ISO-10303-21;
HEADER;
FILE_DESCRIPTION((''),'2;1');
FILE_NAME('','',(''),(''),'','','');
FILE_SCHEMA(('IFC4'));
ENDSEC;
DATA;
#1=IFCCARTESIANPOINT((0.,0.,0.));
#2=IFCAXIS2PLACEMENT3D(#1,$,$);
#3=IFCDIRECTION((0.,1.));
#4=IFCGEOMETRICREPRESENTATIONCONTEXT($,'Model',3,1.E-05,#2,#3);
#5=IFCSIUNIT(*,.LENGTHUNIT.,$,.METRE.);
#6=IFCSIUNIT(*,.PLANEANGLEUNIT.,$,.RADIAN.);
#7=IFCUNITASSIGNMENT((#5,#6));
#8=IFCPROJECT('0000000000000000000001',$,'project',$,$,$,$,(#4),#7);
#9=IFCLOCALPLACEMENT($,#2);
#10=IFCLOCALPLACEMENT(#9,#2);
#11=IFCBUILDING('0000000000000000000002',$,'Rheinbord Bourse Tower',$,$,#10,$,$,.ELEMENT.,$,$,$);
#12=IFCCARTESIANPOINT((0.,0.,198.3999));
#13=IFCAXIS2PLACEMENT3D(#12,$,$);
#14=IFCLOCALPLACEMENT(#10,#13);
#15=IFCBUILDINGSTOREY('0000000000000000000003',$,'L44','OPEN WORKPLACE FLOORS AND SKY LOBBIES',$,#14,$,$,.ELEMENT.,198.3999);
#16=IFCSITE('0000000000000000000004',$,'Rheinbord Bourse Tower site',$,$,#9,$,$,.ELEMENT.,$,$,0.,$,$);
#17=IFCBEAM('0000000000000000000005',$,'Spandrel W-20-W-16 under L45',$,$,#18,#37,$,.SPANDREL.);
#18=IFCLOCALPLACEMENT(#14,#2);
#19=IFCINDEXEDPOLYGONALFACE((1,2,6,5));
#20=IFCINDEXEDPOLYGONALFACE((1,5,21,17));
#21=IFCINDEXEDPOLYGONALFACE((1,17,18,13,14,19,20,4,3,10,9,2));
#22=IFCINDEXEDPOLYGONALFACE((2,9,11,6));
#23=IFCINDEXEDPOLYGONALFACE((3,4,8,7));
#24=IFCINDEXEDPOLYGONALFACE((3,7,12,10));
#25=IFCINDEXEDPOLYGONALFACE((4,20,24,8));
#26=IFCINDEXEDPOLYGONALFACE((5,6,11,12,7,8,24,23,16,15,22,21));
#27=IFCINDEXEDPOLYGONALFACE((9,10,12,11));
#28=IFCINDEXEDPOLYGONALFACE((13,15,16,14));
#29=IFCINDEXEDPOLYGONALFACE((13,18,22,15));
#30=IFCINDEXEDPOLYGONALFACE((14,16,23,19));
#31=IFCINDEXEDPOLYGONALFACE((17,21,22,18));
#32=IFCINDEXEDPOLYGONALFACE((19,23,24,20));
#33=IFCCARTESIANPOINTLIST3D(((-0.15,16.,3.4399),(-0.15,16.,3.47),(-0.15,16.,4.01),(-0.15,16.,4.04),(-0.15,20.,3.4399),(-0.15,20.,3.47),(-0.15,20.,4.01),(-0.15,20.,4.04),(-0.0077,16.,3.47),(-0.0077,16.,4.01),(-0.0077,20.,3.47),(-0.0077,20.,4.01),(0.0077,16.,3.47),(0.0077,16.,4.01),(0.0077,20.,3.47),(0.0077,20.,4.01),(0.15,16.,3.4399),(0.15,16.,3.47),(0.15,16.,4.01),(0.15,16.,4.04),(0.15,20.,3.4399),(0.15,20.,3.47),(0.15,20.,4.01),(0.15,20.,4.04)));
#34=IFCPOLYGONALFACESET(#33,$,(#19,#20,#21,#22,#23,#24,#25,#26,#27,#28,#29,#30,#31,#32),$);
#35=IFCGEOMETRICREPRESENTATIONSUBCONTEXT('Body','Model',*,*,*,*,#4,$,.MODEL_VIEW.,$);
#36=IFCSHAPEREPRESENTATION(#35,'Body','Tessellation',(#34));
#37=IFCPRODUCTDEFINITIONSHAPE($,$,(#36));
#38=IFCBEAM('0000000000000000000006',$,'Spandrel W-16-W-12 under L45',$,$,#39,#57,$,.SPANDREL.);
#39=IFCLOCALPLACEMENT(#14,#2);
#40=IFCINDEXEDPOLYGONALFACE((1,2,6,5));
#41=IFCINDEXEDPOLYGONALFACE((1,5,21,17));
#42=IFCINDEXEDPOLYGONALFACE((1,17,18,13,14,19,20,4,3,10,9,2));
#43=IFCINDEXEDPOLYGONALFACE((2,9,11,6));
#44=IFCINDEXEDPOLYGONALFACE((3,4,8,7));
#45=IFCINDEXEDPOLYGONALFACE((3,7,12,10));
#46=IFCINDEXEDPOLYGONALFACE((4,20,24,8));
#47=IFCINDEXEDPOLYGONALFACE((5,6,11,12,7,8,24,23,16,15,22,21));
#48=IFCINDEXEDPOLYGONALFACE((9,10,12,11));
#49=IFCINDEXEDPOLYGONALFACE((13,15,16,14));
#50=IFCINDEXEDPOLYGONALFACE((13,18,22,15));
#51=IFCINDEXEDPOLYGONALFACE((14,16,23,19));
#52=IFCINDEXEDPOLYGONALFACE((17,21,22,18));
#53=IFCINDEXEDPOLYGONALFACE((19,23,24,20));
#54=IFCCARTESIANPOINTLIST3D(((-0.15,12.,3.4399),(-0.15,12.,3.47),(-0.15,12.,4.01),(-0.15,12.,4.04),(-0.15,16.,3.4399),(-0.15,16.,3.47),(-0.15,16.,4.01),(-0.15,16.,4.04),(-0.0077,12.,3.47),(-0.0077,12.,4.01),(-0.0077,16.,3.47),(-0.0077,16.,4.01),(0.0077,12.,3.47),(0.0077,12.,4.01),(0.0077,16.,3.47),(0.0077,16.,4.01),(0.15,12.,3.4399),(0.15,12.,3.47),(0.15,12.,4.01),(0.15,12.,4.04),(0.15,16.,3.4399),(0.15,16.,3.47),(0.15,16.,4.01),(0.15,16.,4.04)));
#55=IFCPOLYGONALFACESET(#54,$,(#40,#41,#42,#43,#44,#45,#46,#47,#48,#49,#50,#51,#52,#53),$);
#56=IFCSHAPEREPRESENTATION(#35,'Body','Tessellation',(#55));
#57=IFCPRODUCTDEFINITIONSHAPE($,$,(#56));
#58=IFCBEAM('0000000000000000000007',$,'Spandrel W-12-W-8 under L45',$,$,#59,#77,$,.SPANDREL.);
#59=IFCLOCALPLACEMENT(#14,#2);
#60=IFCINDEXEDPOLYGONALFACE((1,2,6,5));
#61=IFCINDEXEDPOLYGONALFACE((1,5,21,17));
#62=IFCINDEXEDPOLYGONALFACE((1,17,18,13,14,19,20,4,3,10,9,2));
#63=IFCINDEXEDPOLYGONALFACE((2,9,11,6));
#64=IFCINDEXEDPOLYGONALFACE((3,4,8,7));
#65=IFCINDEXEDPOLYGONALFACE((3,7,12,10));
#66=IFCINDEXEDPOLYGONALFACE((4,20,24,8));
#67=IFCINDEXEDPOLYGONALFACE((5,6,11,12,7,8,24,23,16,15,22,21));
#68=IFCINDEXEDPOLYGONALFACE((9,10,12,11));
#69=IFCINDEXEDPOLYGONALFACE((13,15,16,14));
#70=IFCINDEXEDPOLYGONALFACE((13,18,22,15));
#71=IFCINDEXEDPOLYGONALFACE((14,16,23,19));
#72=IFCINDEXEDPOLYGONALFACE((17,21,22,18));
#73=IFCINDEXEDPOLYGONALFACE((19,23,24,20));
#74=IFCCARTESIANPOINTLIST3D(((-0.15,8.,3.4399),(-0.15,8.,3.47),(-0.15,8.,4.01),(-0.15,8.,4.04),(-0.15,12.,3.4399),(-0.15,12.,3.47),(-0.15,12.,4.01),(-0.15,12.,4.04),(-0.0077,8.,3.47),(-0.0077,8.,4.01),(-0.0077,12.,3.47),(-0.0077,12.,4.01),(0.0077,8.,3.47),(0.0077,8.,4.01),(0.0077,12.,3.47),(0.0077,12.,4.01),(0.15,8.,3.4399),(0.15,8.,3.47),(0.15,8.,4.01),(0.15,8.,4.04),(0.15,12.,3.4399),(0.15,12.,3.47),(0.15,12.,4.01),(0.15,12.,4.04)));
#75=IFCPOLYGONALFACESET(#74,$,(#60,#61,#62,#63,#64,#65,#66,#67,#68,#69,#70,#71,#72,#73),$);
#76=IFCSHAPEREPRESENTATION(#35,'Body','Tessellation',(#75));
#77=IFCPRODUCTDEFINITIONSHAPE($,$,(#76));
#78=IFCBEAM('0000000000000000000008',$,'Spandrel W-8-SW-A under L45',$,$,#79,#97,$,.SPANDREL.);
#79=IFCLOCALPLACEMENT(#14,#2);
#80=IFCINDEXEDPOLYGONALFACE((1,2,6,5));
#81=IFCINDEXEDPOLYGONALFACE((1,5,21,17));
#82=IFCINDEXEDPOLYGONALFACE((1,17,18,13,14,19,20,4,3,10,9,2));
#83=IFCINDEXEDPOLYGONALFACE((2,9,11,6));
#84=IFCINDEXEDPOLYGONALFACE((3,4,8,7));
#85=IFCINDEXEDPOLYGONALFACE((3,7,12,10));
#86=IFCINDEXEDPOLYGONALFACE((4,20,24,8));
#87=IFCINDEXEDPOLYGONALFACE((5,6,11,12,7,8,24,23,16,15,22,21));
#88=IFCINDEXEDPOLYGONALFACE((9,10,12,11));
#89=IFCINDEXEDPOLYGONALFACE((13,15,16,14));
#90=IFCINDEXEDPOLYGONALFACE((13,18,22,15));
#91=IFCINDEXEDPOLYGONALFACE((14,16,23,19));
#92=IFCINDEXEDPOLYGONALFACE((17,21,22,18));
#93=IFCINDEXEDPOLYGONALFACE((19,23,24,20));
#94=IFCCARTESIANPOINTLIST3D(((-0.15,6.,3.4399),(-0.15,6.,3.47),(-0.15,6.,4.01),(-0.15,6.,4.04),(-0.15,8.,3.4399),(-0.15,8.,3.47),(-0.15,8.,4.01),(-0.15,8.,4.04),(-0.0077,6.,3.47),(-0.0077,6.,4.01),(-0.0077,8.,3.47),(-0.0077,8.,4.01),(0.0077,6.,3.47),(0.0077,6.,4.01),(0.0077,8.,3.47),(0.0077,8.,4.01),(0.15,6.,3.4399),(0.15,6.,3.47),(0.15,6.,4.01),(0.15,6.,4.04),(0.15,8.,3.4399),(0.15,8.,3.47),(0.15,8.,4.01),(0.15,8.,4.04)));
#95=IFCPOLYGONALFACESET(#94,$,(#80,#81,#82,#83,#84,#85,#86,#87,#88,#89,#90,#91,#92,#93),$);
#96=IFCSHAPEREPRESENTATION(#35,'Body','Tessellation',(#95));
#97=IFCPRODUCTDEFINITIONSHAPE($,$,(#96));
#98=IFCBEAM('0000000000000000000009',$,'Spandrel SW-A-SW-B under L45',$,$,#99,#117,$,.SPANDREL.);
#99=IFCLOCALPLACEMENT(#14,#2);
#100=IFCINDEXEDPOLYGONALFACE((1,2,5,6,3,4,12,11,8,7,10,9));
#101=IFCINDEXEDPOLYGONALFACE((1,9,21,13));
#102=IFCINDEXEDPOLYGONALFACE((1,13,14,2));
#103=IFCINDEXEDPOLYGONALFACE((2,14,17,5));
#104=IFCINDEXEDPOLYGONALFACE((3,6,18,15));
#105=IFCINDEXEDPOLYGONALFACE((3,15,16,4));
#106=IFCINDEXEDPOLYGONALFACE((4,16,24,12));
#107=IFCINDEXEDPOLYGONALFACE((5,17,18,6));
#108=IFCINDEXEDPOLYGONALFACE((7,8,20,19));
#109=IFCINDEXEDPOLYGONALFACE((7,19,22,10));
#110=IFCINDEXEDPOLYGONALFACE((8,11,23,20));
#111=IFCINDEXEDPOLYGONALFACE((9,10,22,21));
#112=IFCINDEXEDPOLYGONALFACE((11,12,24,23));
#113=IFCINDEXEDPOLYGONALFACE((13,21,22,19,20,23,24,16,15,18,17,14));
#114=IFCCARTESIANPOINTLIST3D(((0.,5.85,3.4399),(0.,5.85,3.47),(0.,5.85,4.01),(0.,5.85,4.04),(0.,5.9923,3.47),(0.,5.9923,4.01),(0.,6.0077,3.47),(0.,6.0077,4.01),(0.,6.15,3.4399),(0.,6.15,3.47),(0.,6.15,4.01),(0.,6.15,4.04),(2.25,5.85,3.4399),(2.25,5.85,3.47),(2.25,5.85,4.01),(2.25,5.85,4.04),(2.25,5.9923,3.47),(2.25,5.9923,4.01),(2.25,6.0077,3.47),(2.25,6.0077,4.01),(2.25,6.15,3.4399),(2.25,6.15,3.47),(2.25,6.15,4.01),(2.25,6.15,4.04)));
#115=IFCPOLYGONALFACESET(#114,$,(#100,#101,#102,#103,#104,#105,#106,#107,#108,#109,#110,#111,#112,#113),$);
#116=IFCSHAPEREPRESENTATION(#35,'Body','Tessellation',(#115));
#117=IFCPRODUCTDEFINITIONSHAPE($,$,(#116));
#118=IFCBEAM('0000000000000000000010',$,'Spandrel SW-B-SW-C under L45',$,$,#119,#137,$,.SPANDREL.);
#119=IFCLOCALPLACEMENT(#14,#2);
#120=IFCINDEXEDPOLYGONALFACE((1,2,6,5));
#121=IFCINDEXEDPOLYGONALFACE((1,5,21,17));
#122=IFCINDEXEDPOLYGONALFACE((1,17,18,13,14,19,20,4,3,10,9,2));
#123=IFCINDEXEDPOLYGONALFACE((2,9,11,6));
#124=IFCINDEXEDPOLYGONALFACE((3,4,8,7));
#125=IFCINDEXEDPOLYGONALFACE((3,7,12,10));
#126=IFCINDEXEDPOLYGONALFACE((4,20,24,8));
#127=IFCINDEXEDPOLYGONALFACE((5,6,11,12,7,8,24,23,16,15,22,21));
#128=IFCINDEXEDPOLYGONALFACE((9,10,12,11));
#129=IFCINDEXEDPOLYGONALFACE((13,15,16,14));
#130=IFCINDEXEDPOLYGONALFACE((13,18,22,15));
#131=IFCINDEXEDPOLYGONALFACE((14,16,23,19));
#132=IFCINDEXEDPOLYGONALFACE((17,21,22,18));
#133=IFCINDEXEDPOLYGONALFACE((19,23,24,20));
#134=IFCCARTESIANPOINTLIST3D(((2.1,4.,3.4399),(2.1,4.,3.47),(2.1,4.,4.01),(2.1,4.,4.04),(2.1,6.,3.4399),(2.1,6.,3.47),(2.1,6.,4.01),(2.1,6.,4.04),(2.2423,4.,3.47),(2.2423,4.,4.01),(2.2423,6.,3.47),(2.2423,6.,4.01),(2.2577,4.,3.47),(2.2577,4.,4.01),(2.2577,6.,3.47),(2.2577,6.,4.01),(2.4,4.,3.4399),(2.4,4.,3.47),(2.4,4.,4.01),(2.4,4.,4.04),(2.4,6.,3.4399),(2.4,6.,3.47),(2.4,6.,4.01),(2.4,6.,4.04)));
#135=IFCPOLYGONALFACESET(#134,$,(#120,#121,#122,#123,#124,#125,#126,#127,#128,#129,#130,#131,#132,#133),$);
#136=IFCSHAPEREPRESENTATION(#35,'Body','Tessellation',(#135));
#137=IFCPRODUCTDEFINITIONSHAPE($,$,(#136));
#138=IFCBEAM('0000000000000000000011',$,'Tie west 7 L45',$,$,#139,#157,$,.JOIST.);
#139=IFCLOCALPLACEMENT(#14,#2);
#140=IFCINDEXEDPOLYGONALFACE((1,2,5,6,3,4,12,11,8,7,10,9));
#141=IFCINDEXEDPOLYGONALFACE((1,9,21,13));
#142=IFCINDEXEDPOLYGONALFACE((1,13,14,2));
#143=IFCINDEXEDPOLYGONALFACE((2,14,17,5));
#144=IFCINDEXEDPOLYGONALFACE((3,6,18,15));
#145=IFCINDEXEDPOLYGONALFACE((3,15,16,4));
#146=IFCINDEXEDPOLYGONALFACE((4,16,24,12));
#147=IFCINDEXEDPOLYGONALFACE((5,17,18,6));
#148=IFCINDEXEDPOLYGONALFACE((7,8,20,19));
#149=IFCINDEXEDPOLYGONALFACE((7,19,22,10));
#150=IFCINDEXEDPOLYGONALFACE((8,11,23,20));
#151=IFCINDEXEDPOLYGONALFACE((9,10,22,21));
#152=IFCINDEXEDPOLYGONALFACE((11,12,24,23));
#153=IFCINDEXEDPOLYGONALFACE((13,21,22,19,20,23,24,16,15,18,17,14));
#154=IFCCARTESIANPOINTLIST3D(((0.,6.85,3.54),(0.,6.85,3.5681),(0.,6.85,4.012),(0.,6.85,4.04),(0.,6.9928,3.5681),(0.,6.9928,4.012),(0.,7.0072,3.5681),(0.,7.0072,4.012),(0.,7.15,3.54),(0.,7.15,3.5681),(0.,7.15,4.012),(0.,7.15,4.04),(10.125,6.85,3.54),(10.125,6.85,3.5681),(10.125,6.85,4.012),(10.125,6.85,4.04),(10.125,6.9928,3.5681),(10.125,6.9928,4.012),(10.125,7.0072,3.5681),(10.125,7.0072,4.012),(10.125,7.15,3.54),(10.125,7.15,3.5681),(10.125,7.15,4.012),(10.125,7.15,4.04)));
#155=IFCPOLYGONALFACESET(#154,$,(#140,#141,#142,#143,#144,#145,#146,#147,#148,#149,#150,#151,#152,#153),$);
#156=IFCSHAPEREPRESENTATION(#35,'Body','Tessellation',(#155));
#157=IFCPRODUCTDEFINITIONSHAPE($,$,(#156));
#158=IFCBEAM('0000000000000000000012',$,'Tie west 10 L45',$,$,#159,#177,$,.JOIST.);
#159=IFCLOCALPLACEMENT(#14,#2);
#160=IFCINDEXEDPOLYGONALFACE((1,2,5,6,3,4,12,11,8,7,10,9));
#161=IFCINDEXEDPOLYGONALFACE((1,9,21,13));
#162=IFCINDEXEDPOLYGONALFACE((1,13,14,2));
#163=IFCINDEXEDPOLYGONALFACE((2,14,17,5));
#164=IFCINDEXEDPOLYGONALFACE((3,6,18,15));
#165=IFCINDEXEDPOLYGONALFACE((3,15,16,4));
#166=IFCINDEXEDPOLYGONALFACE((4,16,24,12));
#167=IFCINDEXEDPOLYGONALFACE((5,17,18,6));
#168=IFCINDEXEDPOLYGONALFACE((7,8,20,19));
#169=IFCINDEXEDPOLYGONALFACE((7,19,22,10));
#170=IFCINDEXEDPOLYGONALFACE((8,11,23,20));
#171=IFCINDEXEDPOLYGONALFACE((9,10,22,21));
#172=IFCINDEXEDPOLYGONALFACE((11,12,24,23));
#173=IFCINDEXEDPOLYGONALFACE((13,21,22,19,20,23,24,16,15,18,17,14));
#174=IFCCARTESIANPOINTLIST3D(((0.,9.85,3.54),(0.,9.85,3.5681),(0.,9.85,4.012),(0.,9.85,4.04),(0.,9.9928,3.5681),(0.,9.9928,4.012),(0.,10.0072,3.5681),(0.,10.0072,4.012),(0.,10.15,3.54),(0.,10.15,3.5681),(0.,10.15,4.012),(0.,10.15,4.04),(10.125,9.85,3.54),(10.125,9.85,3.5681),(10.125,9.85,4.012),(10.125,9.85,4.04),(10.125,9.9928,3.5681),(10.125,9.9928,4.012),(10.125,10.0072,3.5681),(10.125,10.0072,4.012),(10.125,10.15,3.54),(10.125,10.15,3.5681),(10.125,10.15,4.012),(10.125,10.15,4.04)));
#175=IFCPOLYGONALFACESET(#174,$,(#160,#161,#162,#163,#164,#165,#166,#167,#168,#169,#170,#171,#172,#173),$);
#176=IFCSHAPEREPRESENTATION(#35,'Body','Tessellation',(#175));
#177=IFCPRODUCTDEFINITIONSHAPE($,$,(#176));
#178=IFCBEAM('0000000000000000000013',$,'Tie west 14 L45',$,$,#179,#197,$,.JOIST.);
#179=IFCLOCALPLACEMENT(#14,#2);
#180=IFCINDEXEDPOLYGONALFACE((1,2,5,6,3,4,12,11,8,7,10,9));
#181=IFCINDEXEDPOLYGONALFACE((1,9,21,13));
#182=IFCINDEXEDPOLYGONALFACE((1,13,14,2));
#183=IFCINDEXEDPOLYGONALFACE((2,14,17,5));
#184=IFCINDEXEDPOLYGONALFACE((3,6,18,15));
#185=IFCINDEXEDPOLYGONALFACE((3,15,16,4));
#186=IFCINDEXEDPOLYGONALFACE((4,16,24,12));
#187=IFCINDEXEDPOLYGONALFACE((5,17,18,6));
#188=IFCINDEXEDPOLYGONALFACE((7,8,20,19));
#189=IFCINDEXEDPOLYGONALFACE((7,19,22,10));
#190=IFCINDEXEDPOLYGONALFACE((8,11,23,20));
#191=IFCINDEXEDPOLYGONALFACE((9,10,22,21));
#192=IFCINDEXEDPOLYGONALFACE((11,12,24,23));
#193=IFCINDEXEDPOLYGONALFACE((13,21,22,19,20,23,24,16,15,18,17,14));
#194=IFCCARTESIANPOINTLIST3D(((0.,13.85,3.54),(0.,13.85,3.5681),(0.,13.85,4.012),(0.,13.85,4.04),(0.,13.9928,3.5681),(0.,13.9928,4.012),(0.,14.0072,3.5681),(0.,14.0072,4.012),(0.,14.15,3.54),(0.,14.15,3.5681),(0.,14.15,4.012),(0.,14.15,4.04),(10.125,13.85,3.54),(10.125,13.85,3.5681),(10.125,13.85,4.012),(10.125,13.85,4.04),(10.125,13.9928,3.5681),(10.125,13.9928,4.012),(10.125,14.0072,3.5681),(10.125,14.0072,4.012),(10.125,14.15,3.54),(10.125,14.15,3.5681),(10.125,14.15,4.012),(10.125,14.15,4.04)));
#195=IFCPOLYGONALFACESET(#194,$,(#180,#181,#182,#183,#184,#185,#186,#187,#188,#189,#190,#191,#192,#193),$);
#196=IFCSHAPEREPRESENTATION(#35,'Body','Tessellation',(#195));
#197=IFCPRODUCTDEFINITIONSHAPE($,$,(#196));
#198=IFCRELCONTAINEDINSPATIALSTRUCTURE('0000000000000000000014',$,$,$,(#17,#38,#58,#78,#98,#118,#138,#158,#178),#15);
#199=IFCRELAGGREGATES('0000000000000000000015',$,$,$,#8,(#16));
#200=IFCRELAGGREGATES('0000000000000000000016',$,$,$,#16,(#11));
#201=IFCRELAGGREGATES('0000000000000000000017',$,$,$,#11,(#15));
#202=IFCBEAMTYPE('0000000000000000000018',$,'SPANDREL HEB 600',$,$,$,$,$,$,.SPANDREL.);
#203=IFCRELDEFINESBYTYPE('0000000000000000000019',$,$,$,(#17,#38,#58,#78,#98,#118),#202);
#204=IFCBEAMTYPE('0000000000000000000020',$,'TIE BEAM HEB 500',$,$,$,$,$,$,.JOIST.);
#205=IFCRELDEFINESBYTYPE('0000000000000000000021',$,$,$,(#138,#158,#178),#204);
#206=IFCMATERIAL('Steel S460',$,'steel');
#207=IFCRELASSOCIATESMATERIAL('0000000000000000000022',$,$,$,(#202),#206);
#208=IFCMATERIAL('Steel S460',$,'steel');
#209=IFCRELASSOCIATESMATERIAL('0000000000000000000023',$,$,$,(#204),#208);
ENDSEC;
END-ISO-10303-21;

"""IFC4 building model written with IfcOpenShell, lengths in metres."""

from ifc_helpers import new_model, si_unit, direction, frame, origin, origin_2d, place, context, subcontext, project, spatial, i_section, extrude, material, material_profile, profile_set, type_object, element, save


model = new_model("IFC4")

# Units and contexts
model_context = context("Model", 3, precision=1e-05, world=origin(), true_north=direction((0.0, 1.0)))
body_context = subcontext(model_context, "Body", "Model", "MODEL_VIEW")
ifc_project = project(units=[si_unit("LENGTHUNIT", "METRE"), si_unit("PLANEANGLEUNIT", "RADIAN")], contexts=[model_context])

# Site, building, storey
site_placement = place(None, origin())
site = spatial("IfcSite", under=ifc_project, at=site_placement, Name="Rheinbord Bourse Tower site", CompositionType="ELEMENT", RefElevation=0.0)
building_placement = place(site_placement, origin())
building = spatial("IfcBuilding", under=site, at=building_placement, Name="Rheinbord Bourse Tower", CompositionType="ELEMENT")
storey_placement = place(building_placement, frame((0.0, 0.0, 198.3999)))
storey = spatial("IfcBuildingStorey", under=building, at=storey_placement, Name="L44", Description="OPEN WORKPLACE FLOORS AND SKY LOBBIES", CompositionType="ELEMENT", Elevation=198.3999)

# Beams
ifc_material_1 = material(Name="Steel S460", Category="steel")
ifc_material_profile_1 = material_profile(ifc_material_1, i_section(OverallWidth=0.3, OverallDepth=0.6001, WebThickness=0.0154, FlangeThickness=0.03, at=origin_2d()), Name="HEB 600")
ifc_profile_set_1 = profile_set([ifc_material_profile_1], Name="Steel S460")
beam_type_1 = type_object("IfcBeamType", Name="SPANDREL HEB 600", PredefinedType="SPANDREL", material=ifc_profile_set_1)
for number, where, z_axis, x_axis, name in (
    (1, (0.0, 20.0, 3.74), (0.0, -1.0, 0.0), (1.0, 0.0, 0.0), "Spandrel W-20-W-16 under L45"),
    (2, (0.0, 16.0, 3.74), (0.0, -1.0, 0.0), (1.0, 0.0, 0.0), "Spandrel W-16-W-12 under L45"),
    (3, (0.0, 12.0, 3.74), (0.0, -1.0, 0.0), (1.0, 0.0, 0.0), "Spandrel W-12-W-8 under L45"),
):
    element("IfcBeam", number, at=place(storey_placement, frame(where, z_axis=z_axis, x_axis=x_axis)), inside=storey, type_object=beam_type_1, Name=name, PredefinedType="SPANDREL", context=body_context, shape_type="SweptSolid", body=[
        extrude(i_section(OverallWidth=0.3, OverallDepth=0.6001, WebThickness=0.0154, FlangeThickness=0.03, at=origin_2d()), origin(), (0.0, 0.0, 1.0), 4.0),
    ])
beam_1_placement = place(storey_placement, frame((0.0, 8.0, 3.74), z_axis=(0.0, -1.0, 0.0), x_axis=(1.0, 0.0, 0.0)))
element("IfcBeam", 4, at=beam_1_placement, inside=storey, type_object=beam_type_1, Name="Spandrel W-8-SW-A under L45", PredefinedType="SPANDREL", context=body_context, shape_type="SweptSolid", body=[
    extrude(i_section(OverallWidth=0.3, OverallDepth=0.6001, WebThickness=0.0154, FlangeThickness=0.03, at=origin_2d()), origin(), (0.0, 0.0, 1.0), 2.0),
])
beam_2_placement = place(storey_placement, frame((0.0, 6.0, 3.74), z_axis=(1.0, 0.0, 0.0), x_axis=(0.0, 1.0, 0.0)))
element("IfcBeam", 5, at=beam_2_placement, inside=storey, type_object=beam_type_1, Name="Spandrel SW-A-SW-B under L45", PredefinedType="SPANDREL", context=body_context, shape_type="SweptSolid", body=[
    extrude(i_section(OverallWidth=0.3, OverallDepth=0.6001, WebThickness=0.0154, FlangeThickness=0.03, at=origin_2d()), origin(), (0.0, 0.0, 1.0), 2.25),
])
beam_3_placement = place(storey_placement, frame((2.25, 6.0, 3.74), z_axis=(0.0, -1.0, 0.0), x_axis=(1.0, 0.0, 0.0)))
element("IfcBeam", 6, at=beam_3_placement, inside=storey, type_object=beam_type_1, Name="Spandrel SW-B-SW-C under L45", PredefinedType="SPANDREL", context=body_context, shape_type="SweptSolid", body=[
    extrude(i_section(OverallWidth=0.3, OverallDepth=0.6001, WebThickness=0.0154, FlangeThickness=0.03, at=origin_2d()), origin(), (0.0, 0.0, 1.0), 2.0),
])
ifc_material_2 = material(Name="Steel S460", Category="steel")
ifc_material_profile_2 = material_profile(ifc_material_2, i_section(OverallWidth=0.3, OverallDepth=0.5, WebThickness=0.0144, FlangeThickness=0.0281, at=origin_2d()), Name="HEB 500")
ifc_profile_set_2 = profile_set([ifc_material_profile_2], Name="Steel S460")
beam_type_2 = type_object("IfcBeamType", Name="TIE BEAM HEB 500", PredefinedType="JOIST", material=ifc_profile_set_2)
for number, where, z_axis, x_axis, name in (
    (7, (0.0, 7.0, 3.79), (1.0, 0.0, 0.0), (0.0, 1.0, 0.0), "Tie west 7 L45"),
    (8, (0.0, 10.0, 3.79), (1.0, 0.0, 0.0), (0.0, 1.0, 0.0), "Tie west 10 L45"),
    (9, (0.0, 14.0, 3.79), (1.0, 0.0, 0.0), (0.0, 1.0, 0.0), "Tie west 14 L45"),
):
    element("IfcBeam", number, at=place(storey_placement, frame(where, z_axis=z_axis, x_axis=x_axis)), inside=storey, type_object=beam_type_2, Name=name, PredefinedType="JOIST", context=body_context, shape_type="SweptSolid", body=[
        extrude(i_section(OverallWidth=0.3, OverallDepth=0.5, WebThickness=0.0144, FlangeThickness=0.0281, at=origin_2d()), origin(), (0.0, 0.0, 1.0), 10.125),
    ])

save(model, "model.ifc")
